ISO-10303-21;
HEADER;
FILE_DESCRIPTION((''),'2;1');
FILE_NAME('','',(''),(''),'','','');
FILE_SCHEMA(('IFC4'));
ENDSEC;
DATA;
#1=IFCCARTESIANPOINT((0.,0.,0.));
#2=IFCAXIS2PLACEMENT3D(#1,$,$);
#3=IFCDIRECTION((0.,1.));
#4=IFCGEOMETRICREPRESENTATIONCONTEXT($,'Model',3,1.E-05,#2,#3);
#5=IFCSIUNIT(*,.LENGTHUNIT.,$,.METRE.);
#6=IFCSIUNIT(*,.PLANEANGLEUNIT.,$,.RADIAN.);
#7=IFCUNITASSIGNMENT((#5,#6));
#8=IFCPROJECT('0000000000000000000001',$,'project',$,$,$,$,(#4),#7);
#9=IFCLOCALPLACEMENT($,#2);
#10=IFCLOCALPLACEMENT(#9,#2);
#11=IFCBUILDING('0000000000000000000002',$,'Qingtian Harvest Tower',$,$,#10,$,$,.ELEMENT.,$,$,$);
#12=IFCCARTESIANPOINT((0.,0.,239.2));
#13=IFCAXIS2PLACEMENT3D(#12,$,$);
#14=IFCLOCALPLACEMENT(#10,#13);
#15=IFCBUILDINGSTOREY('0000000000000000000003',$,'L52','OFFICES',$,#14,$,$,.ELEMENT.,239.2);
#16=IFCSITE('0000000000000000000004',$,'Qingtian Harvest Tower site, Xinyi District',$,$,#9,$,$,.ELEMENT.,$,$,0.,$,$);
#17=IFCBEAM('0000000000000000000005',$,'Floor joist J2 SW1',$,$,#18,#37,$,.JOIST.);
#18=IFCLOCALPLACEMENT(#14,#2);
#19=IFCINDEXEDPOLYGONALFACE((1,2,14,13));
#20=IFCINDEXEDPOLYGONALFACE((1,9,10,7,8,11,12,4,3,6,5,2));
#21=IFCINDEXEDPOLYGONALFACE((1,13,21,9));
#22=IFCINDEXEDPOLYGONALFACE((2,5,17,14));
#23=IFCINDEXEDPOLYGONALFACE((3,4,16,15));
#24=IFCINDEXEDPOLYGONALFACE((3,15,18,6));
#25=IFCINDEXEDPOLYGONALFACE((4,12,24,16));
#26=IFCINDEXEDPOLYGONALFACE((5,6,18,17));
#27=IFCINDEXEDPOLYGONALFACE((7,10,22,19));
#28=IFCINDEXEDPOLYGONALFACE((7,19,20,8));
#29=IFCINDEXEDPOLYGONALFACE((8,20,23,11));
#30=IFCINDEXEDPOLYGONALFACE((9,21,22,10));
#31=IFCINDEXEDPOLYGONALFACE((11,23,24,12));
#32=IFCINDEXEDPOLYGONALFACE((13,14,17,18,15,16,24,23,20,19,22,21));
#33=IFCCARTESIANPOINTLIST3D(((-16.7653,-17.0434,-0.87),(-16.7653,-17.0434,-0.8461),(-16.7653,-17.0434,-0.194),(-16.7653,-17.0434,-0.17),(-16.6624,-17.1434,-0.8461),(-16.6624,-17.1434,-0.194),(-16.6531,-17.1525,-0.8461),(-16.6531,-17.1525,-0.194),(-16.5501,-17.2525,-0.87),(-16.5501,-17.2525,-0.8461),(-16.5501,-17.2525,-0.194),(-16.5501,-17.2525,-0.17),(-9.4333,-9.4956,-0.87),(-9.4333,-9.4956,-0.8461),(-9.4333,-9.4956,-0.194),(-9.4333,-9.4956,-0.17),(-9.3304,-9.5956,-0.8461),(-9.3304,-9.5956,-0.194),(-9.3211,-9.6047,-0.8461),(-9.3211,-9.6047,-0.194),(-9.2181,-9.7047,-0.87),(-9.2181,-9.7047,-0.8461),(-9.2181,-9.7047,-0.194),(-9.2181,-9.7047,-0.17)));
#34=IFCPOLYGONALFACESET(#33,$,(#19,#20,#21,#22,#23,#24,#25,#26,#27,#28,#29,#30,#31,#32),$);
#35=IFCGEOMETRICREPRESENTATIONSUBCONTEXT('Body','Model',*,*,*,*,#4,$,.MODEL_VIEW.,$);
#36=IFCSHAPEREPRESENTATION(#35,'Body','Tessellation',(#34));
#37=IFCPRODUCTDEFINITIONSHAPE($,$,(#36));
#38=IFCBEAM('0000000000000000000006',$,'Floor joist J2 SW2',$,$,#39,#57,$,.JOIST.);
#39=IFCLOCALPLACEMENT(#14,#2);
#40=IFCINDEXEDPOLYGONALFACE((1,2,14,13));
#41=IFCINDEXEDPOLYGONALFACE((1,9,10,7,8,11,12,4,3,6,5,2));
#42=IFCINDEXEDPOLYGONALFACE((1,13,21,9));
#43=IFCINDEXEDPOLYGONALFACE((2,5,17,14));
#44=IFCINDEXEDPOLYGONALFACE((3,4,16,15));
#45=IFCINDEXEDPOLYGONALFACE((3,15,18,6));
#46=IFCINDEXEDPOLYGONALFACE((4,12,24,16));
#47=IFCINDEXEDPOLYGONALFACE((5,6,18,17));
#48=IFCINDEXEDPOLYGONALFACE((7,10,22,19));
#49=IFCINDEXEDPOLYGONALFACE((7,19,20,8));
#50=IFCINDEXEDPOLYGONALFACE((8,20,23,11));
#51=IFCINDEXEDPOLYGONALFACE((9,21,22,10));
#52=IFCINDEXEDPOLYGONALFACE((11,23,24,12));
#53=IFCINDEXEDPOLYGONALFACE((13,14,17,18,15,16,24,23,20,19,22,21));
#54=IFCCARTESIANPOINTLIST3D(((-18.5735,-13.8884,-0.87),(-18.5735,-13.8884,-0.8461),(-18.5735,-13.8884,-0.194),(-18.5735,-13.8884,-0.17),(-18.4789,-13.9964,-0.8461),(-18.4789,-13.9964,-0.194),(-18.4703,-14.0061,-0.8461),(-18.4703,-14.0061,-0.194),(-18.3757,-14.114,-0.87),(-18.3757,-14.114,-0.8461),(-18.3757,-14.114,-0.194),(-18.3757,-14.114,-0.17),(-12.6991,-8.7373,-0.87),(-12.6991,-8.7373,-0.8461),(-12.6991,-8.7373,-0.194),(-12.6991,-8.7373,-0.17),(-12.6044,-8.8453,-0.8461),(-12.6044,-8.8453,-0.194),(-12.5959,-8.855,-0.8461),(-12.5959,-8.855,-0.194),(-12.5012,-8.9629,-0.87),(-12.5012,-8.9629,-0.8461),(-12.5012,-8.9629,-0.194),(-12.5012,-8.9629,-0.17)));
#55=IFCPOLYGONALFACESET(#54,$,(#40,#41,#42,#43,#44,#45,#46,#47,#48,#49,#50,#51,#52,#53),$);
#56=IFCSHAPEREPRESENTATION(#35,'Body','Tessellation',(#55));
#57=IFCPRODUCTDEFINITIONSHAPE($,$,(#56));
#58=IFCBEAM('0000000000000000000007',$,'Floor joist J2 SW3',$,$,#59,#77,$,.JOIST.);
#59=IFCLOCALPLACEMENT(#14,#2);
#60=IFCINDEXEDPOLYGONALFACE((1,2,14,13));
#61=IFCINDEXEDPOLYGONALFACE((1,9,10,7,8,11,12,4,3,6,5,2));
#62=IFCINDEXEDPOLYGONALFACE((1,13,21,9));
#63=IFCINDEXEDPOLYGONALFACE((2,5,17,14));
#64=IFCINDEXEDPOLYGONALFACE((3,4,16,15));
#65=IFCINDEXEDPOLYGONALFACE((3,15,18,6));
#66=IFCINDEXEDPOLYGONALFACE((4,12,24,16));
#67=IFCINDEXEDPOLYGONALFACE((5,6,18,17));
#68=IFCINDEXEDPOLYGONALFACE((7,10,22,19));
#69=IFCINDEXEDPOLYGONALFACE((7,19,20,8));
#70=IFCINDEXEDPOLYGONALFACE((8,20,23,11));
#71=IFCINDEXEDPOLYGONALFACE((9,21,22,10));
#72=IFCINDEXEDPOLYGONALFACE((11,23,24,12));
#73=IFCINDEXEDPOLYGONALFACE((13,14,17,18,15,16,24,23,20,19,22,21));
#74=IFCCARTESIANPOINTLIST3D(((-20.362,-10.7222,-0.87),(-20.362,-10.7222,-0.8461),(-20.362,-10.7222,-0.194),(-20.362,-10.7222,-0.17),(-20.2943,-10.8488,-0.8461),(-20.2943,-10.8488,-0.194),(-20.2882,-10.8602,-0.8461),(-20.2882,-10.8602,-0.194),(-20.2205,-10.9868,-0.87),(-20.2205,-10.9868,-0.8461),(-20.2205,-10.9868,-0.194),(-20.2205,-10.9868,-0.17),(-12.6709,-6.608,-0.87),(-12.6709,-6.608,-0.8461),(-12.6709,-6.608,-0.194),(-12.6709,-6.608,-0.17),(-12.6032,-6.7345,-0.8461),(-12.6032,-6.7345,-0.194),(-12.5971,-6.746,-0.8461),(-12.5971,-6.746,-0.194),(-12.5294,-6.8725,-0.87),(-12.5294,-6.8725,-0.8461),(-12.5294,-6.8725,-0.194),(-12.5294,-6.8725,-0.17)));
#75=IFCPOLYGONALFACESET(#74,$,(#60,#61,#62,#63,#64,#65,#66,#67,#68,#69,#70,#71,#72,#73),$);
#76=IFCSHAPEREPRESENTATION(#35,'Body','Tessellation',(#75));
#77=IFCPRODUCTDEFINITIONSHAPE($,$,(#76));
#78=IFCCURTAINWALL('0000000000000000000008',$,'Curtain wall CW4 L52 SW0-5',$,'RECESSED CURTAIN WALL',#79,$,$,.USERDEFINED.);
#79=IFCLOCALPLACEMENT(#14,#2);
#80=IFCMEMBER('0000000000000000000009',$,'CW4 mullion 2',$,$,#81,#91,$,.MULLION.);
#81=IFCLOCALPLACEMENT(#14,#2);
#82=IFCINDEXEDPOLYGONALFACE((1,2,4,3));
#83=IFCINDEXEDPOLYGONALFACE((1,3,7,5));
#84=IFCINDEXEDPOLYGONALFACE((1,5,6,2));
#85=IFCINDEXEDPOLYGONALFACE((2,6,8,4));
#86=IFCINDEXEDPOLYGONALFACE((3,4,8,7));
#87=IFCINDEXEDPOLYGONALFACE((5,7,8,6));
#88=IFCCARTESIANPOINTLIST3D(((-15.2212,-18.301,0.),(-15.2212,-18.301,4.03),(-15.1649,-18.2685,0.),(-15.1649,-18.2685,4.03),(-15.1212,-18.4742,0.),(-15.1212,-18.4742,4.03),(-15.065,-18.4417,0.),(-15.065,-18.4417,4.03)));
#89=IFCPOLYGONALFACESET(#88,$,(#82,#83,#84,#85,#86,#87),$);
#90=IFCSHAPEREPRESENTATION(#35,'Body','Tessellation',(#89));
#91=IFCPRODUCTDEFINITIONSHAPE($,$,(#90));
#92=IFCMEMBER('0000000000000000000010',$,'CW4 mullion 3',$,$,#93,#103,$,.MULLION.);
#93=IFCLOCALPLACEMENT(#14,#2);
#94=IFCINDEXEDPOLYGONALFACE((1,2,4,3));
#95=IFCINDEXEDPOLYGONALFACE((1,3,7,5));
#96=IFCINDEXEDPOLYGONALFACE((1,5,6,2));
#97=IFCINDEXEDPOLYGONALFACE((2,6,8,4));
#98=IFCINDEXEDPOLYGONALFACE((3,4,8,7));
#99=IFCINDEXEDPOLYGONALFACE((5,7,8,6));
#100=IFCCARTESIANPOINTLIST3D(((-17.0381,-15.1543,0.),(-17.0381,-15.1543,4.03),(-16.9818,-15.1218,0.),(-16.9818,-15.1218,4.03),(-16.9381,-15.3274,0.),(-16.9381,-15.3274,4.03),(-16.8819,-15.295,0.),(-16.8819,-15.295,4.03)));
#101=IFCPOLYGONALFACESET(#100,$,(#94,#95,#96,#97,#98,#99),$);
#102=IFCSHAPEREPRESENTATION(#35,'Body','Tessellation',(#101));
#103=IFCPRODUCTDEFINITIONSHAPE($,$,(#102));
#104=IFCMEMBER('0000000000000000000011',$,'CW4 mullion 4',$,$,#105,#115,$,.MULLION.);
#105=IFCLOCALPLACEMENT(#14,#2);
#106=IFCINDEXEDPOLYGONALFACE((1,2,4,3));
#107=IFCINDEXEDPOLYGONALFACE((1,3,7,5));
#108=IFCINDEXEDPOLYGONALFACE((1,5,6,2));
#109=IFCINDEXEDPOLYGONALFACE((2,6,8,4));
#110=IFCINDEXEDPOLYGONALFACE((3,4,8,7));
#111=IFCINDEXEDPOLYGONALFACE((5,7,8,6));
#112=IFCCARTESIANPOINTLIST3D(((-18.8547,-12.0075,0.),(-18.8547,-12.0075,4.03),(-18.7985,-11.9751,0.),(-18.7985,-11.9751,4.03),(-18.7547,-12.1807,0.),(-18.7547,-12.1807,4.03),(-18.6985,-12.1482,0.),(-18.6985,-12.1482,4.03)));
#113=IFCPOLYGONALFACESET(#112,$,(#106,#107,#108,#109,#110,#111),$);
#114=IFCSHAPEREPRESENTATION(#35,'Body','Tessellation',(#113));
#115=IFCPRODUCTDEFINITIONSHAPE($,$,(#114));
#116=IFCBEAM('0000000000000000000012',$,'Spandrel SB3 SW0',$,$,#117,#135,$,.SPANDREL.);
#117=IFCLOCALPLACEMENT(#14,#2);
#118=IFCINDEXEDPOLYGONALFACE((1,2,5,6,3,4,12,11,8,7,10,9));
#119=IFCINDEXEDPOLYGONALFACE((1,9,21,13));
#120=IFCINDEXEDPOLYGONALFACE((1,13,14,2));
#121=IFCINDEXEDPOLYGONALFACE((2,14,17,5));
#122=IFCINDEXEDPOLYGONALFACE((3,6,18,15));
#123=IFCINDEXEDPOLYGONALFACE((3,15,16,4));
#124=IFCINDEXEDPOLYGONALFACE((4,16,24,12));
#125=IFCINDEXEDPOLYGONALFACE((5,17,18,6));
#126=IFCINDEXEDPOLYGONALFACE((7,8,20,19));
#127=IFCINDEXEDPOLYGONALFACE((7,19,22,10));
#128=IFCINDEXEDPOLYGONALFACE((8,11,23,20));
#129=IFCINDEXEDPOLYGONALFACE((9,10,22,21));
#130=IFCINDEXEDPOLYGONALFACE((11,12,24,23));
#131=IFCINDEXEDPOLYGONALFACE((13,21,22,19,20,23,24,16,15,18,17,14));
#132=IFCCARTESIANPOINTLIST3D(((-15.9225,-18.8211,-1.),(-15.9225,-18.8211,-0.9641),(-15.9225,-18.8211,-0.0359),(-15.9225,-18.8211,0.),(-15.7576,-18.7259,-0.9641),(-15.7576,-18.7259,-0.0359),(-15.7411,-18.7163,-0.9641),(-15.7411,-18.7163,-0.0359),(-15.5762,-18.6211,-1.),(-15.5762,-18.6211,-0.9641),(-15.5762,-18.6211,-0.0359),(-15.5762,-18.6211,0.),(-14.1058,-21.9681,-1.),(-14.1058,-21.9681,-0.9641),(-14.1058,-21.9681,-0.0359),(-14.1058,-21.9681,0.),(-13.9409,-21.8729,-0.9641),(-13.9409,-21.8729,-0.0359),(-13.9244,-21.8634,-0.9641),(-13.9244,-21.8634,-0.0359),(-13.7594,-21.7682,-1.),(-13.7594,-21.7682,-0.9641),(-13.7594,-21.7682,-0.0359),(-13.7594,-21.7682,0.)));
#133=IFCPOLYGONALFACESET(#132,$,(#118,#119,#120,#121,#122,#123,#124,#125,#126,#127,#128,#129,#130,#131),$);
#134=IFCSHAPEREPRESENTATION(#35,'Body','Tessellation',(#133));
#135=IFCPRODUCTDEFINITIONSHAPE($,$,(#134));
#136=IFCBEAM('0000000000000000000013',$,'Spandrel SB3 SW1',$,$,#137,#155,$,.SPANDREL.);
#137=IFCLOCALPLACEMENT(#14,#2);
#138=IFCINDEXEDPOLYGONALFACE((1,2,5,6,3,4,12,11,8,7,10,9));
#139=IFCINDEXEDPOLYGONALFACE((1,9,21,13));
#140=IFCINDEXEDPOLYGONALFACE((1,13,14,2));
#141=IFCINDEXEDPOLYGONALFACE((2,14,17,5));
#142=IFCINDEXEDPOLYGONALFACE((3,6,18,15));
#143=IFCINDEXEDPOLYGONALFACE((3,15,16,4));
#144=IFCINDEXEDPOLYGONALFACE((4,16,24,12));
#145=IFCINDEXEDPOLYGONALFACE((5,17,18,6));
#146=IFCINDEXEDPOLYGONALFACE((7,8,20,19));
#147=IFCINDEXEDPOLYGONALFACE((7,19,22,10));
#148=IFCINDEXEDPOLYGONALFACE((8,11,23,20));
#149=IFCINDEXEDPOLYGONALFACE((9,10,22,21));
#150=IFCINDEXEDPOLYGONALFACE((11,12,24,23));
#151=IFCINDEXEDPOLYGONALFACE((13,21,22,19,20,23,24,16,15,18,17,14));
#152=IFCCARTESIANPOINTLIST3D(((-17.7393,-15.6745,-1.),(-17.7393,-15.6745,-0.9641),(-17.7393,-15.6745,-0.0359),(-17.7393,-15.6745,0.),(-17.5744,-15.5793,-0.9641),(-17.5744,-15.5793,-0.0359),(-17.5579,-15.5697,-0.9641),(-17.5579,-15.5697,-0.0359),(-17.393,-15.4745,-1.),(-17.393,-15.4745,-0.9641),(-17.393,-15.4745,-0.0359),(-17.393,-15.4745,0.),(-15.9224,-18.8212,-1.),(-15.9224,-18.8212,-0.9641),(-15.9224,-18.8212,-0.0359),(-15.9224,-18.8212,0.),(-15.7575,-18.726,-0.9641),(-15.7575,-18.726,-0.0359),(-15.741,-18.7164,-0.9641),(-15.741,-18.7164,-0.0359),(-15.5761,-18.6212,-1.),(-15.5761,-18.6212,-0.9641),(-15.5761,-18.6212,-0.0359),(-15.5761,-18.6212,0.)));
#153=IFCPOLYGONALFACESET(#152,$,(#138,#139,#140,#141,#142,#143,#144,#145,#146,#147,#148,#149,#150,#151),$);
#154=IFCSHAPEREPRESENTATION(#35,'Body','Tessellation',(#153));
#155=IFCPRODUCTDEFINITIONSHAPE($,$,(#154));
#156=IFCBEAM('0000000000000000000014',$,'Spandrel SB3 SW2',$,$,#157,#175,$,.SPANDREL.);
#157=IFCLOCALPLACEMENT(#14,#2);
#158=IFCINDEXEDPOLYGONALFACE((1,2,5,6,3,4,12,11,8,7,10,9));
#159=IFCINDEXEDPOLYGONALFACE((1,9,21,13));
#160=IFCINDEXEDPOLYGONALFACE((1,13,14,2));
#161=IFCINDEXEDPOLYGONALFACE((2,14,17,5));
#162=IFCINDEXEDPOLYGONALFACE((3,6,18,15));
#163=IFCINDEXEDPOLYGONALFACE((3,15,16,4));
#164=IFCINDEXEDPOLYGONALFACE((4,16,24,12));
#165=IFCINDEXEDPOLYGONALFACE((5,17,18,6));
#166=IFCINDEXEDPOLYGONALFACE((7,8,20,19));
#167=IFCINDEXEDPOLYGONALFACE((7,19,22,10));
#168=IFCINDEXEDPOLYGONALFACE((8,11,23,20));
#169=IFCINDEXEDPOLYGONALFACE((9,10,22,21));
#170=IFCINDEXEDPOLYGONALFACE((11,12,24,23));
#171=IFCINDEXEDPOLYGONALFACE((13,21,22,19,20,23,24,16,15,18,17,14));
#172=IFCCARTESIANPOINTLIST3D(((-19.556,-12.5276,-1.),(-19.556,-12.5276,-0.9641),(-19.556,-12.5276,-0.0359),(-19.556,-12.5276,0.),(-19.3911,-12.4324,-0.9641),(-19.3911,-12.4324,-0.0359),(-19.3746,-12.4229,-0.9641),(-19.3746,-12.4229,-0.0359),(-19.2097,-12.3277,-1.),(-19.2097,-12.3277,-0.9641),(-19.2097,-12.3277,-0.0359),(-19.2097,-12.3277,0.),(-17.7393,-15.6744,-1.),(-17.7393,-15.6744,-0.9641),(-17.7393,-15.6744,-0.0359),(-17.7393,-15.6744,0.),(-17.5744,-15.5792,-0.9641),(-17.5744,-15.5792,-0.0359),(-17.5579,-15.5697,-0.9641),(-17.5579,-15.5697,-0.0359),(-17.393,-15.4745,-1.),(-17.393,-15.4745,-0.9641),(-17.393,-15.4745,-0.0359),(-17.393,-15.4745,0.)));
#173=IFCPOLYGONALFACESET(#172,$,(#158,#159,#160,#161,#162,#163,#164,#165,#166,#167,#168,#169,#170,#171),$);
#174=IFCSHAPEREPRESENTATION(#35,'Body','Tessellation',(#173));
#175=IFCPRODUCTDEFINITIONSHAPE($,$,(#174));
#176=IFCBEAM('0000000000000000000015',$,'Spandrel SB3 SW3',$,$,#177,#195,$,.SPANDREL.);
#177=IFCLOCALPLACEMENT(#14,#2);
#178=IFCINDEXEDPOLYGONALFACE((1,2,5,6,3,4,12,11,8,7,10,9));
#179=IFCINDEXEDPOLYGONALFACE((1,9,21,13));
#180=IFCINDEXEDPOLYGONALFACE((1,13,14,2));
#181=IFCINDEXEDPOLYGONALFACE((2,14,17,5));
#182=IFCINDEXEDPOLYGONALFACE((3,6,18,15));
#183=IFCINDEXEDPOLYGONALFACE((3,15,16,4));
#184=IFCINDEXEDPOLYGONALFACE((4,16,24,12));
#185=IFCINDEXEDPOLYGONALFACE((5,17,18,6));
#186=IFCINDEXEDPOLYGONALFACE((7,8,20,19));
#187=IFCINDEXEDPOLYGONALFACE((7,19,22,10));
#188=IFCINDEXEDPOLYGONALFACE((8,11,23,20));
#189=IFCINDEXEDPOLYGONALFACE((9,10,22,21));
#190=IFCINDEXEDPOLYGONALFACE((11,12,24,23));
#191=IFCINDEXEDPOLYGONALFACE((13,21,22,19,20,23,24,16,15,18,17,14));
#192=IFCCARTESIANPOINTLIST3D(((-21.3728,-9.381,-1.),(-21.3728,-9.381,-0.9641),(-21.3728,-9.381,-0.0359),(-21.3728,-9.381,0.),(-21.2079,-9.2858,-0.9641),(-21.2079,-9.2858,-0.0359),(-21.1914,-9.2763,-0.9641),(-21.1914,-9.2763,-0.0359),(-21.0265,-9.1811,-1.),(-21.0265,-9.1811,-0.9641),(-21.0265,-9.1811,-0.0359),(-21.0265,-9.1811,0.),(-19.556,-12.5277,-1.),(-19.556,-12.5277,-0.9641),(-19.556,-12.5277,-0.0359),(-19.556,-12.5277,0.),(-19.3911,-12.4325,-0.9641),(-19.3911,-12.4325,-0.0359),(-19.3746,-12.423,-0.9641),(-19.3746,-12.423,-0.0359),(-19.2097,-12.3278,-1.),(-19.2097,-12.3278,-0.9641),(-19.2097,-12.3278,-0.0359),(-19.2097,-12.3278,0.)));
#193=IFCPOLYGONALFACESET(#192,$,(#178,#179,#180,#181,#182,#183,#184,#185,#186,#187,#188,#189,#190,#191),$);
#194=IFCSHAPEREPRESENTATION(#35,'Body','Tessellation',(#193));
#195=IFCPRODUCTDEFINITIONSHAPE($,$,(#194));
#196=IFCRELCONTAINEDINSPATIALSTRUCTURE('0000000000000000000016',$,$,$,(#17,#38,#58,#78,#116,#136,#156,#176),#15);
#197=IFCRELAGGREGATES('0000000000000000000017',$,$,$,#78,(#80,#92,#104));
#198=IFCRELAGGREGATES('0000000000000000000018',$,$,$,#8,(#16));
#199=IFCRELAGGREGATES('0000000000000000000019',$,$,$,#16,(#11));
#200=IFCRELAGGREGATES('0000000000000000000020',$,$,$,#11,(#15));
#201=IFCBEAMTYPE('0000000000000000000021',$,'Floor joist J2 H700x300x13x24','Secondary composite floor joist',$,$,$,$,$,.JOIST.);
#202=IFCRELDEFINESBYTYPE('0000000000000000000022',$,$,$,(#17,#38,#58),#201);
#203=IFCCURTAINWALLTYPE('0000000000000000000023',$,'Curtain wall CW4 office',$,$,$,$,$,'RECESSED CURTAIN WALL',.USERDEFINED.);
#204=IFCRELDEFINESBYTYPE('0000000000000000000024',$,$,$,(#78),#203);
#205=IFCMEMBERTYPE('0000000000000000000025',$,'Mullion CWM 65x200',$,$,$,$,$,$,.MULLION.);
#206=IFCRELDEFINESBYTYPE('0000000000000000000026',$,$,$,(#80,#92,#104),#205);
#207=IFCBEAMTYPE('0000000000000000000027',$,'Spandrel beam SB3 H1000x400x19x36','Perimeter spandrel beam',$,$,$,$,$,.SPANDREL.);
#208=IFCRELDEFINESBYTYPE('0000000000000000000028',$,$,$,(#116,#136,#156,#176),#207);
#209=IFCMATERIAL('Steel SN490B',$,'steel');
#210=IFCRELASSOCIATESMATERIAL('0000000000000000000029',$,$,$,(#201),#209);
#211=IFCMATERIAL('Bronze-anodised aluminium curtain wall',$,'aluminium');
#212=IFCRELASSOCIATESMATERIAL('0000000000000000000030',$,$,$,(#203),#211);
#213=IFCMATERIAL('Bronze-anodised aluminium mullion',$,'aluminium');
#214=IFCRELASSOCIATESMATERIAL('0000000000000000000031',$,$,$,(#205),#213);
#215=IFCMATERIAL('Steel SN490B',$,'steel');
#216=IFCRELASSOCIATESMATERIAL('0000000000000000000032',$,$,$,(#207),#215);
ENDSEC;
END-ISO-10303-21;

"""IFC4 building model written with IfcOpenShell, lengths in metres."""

from ifc_helpers import new_model, si_unit, direction, frame, origin, origin_2d, place, context, subcontext, project, spatial, rectangle, i_section, extrude, material, material_profile, profile_set, type_object, element, aggregate, save


model = new_model("IFC4")

# Units and contexts
model_context = context("Model", 3, precision=1e-05, world=origin(), true_north=direction((0.0, 1.0)))
body_context = subcontext(model_context, "Body", "Model", "MODEL_VIEW")
ifc_project = project(units=[si_unit("LENGTHUNIT", "METRE"), si_unit("PLANEANGLEUNIT", "RADIAN")], contexts=[model_context])

# Site, building, storey
site_placement = place(None, origin())
site = spatial("IfcSite", under=ifc_project, at=site_placement, Name="Qingtian Harvest Tower site, Xinyi District", CompositionType="ELEMENT", RefElevation=0.0)
building_placement = place(site_placement, origin())
building = spatial("IfcBuilding", under=site, at=building_placement, Name="Qingtian Harvest Tower", CompositionType="ELEMENT")
storey_placement = place(building_placement, frame((0.0, 0.0, 239.2)))
storey = spatial("IfcBuildingStorey", under=building, at=storey_placement, Name="L52", Description="OFFICES", CompositionType="ELEMENT", Elevation=239.2)

# Beams
ifc_material_1 = material(Name="Steel SN490B", Category="steel")
ifc_material_profile_1 = material_profile(ifc_material_1, i_section(OverallWidth=0.3, OverallDepth=0.7, WebThickness=0.0129, FlangeThickness=0.0239, at=origin_2d()), Name="H700x300x13x24")
ifc_profile_set_1 = profile_set([ifc_material_profile_1], Name="Steel SN490B")
beam_type_1 = type_object("IfcBeamType", Name="Floor joist J2 H700x300x13x24", Description="Secondary composite floor joist", PredefinedType="JOIST", material=ifc_profile_set_1)
beam_1_placement = place(storey_placement, frame((-16.6577, -17.1479, -0.52), z_axis=(0.696777, 0.717287, 0.0), x_axis=(-0.717287, 0.696777, 0.0)))
element("IfcBeam", 1, at=beam_1_placement, inside=storey, type_object=beam_type_1, Name="Floor joist J2 SW1", PredefinedType="JOIST", context=body_context, shape_type="SweptSolid", body=[
    extrude(i_section(OverallWidth=0.3, OverallDepth=0.7, WebThickness=0.0129, FlangeThickness=0.0239, at=origin_2d()), origin(), (0.0, 0.0, 1.0), 10.5227),
])
beam_2_placement = place(storey_placement, frame((-18.4746, -14.0012, -0.52), z_axis=(0.751883, 0.659296, 0.0), x_axis=(-0.659296, 0.751883, 0.0)))
element("IfcBeam", 2, at=beam_2_placement, inside=storey, type_object=beam_type_1, Name="Floor joist J2 SW2", PredefinedType="JOIST", context=body_context, shape_type="SweptSolid", body=[
    extrude(i_section(OverallWidth=0.3, OverallDepth=0.7, WebThickness=0.0129, FlangeThickness=0.0239, at=origin_2d()), origin(), (0.0, 0.0, 1.0), 7.813),
])
beam_3_placement = place(storey_placement, frame((-20.2913, -10.8545, -0.52), z_axis=(0.881767, 0.471686, 0.0), x_axis=(-0.471686, 0.881767, 0.0)))
element("IfcBeam", 3, at=beam_3_placement, inside=storey, type_object=beam_type_1, Name="Floor joist J2 SW3", PredefinedType="JOIST", context=body_context, shape_type="SweptSolid", body=[
    extrude(i_section(OverallWidth=0.3, OverallDepth=0.7, WebThickness=0.0129, FlangeThickness=0.0239, at=origin_2d()), origin(), (0.0, 0.0, 1.0), 8.7224),
])

# Curtain wall, members
ifc_material_2 = material(Name="Bronze-anodised aluminium curtain wall", Category="aluminium")
curtain_wall_type = type_object("IfcCurtainWallType", Name="Curtain wall CW4 office", ElementType="RECESSED CURTAIN WALL", PredefinedType="USERDEFINED", material=ifc_material_2)
curtain_wall_placement = place(storey_placement, origin())
curtain_wall = element("IfcCurtainWall", 4, at=curtain_wall_placement, inside=storey, type_object=curtain_wall_type, Name="Curtain wall CW4 L52 SW0-5", ObjectType="RECESSED CURTAIN WALL", PredefinedType="USERDEFINED")
ifc_material_3 = material(Name="Bronze-anodised aluminium mullion", Category="aluminium")
ifc_material_profile_2 = material_profile(ifc_material_3, rectangle(XDim=0.0649, YDim=0.2, at=origin_2d()), Name="AL 65x200")
ifc_profile_set_2 = profile_set([ifc_material_profile_2], Name="Bronze-anodised aluminium mullion")
member_type_1 = type_object("IfcMemberType", Name="Mullion CWM 65x200", PredefinedType="MULLION", material=ifc_profile_set_2)
member_1_placement = place(storey_placement, frame((-15.1431, -18.3713, 0.0), z_axis=(0.0, 0.0, 1.0), x_axis=(-0.866025, -0.5, 0.0)))
member_1 = element("IfcMember", 5, at=member_1_placement, type_object=member_type_1, Name="CW4 mullion 2", PredefinedType="MULLION", context=body_context, shape_type="SweptSolid", body=[
    extrude(rectangle(XDim=0.0649, YDim=0.2, at=origin_2d()), origin(), (0.0, 0.0, 1.0), 4.03),
])
member_2_placement = place(storey_placement, frame((-16.96, -15.2246, 0.0), z_axis=(0.0, 0.0, 1.0), x_axis=(-0.866025, -0.5, 0.0)))
member_2 = element("IfcMember", 6, at=member_2_placement, type_object=member_type_1, Name="CW4 mullion 3", PredefinedType="MULLION", context=body_context, shape_type="SweptSolid", body=[
    extrude(rectangle(XDim=0.0649, YDim=0.2, at=origin_2d()), origin(), (0.0, 0.0, 1.0), 4.03),
])
member_3_placement = place(storey_placement, frame((-18.7766, -12.0779, 0.0), z_axis=(0.0, 0.0, 1.0), x_axis=(-0.866025, -0.5, 0.0)))
member_3 = element("IfcMember", 7, at=member_3_placement, type_object=member_type_1, Name="CW4 mullion 4", PredefinedType="MULLION", context=body_context, shape_type="SweptSolid", body=[
    extrude(rectangle(XDim=0.0649, YDim=0.2, at=origin_2d()), origin(), (0.0, 0.0, 1.0), 4.03),
])

# Beams
ifc_material_4 = material(Name="Steel SN490B", Category="steel")
ifc_material_profile_3 = material_profile(ifc_material_4, i_section(OverallWidth=0.3999, OverallDepth=1.0, WebThickness=0.019, FlangeThickness=0.0359, at=origin_2d()), Name="H1000x400x19x36")
ifc_profile_set_3 = profile_set([ifc_material_profile_3], Name="Steel SN490B")
beam_type_2 = type_object("IfcBeamType", Name="Spandrel beam SB3 H1000x400x19x36", Description="Perimeter spandrel beam", PredefinedType="SPANDREL", material=ifc_profile_set_3)
beam_4_placement = place(storey_placement, frame((-13.9326, -21.8682, -0.5), z_axis=(-0.499947, 0.866056, 0.0), x_axis=(-0.866056, -0.499947, 0.0)))
element("IfcBeam", 8, at=beam_4_placement, inside=storey, type_object=beam_type_2, Name="Spandrel SB3 SW0", PredefinedType="SPANDREL", context=body_context, shape_type="SweptSolid", body=[
    extrude(i_section(OverallWidth=0.3999, OverallDepth=1.0, WebThickness=0.019, FlangeThickness=0.0359, at=origin_2d()), origin(), (0.0, 0.0, 1.0), 3.6338),
])
for number, where, z_axis, x_axis, name in (
    (9, (-15.7493, -18.7212, -0.5), (-0.500027, 0.86601, 0.0), (-0.86601, -0.500027, 0.0), "Spandrel SB3 SW1"),
    (10, (-17.5662, -15.5745, -0.5), (-0.499976, 0.866039, 0.0), (-0.866039, -0.499976, 0.0), "Spandrel SB3 SW2"),
    (11, (-19.3828, -12.4277, -0.5), (-0.500027, 0.86601, 0.0), (-0.86601, -0.500027, 0.0), "Spandrel SB3 SW3"),
):
    element("IfcBeam", number, at=place(storey_placement, frame(where, z_axis=z_axis, x_axis=x_axis)), inside=storey, type_object=beam_type_2, Name=name, PredefinedType="SPANDREL", context=body_context, shape_type="SweptSolid", body=[
        extrude(i_section(OverallWidth=0.3999, OverallDepth=1.0, WebThickness=0.019, FlangeThickness=0.0359, at=origin_2d()), origin(), (0.0, 0.0, 1.0), 3.6335),
    ])

aggregate(curtain_wall, [member_1, member_2, member_3])

save(model, "model.ifc")
